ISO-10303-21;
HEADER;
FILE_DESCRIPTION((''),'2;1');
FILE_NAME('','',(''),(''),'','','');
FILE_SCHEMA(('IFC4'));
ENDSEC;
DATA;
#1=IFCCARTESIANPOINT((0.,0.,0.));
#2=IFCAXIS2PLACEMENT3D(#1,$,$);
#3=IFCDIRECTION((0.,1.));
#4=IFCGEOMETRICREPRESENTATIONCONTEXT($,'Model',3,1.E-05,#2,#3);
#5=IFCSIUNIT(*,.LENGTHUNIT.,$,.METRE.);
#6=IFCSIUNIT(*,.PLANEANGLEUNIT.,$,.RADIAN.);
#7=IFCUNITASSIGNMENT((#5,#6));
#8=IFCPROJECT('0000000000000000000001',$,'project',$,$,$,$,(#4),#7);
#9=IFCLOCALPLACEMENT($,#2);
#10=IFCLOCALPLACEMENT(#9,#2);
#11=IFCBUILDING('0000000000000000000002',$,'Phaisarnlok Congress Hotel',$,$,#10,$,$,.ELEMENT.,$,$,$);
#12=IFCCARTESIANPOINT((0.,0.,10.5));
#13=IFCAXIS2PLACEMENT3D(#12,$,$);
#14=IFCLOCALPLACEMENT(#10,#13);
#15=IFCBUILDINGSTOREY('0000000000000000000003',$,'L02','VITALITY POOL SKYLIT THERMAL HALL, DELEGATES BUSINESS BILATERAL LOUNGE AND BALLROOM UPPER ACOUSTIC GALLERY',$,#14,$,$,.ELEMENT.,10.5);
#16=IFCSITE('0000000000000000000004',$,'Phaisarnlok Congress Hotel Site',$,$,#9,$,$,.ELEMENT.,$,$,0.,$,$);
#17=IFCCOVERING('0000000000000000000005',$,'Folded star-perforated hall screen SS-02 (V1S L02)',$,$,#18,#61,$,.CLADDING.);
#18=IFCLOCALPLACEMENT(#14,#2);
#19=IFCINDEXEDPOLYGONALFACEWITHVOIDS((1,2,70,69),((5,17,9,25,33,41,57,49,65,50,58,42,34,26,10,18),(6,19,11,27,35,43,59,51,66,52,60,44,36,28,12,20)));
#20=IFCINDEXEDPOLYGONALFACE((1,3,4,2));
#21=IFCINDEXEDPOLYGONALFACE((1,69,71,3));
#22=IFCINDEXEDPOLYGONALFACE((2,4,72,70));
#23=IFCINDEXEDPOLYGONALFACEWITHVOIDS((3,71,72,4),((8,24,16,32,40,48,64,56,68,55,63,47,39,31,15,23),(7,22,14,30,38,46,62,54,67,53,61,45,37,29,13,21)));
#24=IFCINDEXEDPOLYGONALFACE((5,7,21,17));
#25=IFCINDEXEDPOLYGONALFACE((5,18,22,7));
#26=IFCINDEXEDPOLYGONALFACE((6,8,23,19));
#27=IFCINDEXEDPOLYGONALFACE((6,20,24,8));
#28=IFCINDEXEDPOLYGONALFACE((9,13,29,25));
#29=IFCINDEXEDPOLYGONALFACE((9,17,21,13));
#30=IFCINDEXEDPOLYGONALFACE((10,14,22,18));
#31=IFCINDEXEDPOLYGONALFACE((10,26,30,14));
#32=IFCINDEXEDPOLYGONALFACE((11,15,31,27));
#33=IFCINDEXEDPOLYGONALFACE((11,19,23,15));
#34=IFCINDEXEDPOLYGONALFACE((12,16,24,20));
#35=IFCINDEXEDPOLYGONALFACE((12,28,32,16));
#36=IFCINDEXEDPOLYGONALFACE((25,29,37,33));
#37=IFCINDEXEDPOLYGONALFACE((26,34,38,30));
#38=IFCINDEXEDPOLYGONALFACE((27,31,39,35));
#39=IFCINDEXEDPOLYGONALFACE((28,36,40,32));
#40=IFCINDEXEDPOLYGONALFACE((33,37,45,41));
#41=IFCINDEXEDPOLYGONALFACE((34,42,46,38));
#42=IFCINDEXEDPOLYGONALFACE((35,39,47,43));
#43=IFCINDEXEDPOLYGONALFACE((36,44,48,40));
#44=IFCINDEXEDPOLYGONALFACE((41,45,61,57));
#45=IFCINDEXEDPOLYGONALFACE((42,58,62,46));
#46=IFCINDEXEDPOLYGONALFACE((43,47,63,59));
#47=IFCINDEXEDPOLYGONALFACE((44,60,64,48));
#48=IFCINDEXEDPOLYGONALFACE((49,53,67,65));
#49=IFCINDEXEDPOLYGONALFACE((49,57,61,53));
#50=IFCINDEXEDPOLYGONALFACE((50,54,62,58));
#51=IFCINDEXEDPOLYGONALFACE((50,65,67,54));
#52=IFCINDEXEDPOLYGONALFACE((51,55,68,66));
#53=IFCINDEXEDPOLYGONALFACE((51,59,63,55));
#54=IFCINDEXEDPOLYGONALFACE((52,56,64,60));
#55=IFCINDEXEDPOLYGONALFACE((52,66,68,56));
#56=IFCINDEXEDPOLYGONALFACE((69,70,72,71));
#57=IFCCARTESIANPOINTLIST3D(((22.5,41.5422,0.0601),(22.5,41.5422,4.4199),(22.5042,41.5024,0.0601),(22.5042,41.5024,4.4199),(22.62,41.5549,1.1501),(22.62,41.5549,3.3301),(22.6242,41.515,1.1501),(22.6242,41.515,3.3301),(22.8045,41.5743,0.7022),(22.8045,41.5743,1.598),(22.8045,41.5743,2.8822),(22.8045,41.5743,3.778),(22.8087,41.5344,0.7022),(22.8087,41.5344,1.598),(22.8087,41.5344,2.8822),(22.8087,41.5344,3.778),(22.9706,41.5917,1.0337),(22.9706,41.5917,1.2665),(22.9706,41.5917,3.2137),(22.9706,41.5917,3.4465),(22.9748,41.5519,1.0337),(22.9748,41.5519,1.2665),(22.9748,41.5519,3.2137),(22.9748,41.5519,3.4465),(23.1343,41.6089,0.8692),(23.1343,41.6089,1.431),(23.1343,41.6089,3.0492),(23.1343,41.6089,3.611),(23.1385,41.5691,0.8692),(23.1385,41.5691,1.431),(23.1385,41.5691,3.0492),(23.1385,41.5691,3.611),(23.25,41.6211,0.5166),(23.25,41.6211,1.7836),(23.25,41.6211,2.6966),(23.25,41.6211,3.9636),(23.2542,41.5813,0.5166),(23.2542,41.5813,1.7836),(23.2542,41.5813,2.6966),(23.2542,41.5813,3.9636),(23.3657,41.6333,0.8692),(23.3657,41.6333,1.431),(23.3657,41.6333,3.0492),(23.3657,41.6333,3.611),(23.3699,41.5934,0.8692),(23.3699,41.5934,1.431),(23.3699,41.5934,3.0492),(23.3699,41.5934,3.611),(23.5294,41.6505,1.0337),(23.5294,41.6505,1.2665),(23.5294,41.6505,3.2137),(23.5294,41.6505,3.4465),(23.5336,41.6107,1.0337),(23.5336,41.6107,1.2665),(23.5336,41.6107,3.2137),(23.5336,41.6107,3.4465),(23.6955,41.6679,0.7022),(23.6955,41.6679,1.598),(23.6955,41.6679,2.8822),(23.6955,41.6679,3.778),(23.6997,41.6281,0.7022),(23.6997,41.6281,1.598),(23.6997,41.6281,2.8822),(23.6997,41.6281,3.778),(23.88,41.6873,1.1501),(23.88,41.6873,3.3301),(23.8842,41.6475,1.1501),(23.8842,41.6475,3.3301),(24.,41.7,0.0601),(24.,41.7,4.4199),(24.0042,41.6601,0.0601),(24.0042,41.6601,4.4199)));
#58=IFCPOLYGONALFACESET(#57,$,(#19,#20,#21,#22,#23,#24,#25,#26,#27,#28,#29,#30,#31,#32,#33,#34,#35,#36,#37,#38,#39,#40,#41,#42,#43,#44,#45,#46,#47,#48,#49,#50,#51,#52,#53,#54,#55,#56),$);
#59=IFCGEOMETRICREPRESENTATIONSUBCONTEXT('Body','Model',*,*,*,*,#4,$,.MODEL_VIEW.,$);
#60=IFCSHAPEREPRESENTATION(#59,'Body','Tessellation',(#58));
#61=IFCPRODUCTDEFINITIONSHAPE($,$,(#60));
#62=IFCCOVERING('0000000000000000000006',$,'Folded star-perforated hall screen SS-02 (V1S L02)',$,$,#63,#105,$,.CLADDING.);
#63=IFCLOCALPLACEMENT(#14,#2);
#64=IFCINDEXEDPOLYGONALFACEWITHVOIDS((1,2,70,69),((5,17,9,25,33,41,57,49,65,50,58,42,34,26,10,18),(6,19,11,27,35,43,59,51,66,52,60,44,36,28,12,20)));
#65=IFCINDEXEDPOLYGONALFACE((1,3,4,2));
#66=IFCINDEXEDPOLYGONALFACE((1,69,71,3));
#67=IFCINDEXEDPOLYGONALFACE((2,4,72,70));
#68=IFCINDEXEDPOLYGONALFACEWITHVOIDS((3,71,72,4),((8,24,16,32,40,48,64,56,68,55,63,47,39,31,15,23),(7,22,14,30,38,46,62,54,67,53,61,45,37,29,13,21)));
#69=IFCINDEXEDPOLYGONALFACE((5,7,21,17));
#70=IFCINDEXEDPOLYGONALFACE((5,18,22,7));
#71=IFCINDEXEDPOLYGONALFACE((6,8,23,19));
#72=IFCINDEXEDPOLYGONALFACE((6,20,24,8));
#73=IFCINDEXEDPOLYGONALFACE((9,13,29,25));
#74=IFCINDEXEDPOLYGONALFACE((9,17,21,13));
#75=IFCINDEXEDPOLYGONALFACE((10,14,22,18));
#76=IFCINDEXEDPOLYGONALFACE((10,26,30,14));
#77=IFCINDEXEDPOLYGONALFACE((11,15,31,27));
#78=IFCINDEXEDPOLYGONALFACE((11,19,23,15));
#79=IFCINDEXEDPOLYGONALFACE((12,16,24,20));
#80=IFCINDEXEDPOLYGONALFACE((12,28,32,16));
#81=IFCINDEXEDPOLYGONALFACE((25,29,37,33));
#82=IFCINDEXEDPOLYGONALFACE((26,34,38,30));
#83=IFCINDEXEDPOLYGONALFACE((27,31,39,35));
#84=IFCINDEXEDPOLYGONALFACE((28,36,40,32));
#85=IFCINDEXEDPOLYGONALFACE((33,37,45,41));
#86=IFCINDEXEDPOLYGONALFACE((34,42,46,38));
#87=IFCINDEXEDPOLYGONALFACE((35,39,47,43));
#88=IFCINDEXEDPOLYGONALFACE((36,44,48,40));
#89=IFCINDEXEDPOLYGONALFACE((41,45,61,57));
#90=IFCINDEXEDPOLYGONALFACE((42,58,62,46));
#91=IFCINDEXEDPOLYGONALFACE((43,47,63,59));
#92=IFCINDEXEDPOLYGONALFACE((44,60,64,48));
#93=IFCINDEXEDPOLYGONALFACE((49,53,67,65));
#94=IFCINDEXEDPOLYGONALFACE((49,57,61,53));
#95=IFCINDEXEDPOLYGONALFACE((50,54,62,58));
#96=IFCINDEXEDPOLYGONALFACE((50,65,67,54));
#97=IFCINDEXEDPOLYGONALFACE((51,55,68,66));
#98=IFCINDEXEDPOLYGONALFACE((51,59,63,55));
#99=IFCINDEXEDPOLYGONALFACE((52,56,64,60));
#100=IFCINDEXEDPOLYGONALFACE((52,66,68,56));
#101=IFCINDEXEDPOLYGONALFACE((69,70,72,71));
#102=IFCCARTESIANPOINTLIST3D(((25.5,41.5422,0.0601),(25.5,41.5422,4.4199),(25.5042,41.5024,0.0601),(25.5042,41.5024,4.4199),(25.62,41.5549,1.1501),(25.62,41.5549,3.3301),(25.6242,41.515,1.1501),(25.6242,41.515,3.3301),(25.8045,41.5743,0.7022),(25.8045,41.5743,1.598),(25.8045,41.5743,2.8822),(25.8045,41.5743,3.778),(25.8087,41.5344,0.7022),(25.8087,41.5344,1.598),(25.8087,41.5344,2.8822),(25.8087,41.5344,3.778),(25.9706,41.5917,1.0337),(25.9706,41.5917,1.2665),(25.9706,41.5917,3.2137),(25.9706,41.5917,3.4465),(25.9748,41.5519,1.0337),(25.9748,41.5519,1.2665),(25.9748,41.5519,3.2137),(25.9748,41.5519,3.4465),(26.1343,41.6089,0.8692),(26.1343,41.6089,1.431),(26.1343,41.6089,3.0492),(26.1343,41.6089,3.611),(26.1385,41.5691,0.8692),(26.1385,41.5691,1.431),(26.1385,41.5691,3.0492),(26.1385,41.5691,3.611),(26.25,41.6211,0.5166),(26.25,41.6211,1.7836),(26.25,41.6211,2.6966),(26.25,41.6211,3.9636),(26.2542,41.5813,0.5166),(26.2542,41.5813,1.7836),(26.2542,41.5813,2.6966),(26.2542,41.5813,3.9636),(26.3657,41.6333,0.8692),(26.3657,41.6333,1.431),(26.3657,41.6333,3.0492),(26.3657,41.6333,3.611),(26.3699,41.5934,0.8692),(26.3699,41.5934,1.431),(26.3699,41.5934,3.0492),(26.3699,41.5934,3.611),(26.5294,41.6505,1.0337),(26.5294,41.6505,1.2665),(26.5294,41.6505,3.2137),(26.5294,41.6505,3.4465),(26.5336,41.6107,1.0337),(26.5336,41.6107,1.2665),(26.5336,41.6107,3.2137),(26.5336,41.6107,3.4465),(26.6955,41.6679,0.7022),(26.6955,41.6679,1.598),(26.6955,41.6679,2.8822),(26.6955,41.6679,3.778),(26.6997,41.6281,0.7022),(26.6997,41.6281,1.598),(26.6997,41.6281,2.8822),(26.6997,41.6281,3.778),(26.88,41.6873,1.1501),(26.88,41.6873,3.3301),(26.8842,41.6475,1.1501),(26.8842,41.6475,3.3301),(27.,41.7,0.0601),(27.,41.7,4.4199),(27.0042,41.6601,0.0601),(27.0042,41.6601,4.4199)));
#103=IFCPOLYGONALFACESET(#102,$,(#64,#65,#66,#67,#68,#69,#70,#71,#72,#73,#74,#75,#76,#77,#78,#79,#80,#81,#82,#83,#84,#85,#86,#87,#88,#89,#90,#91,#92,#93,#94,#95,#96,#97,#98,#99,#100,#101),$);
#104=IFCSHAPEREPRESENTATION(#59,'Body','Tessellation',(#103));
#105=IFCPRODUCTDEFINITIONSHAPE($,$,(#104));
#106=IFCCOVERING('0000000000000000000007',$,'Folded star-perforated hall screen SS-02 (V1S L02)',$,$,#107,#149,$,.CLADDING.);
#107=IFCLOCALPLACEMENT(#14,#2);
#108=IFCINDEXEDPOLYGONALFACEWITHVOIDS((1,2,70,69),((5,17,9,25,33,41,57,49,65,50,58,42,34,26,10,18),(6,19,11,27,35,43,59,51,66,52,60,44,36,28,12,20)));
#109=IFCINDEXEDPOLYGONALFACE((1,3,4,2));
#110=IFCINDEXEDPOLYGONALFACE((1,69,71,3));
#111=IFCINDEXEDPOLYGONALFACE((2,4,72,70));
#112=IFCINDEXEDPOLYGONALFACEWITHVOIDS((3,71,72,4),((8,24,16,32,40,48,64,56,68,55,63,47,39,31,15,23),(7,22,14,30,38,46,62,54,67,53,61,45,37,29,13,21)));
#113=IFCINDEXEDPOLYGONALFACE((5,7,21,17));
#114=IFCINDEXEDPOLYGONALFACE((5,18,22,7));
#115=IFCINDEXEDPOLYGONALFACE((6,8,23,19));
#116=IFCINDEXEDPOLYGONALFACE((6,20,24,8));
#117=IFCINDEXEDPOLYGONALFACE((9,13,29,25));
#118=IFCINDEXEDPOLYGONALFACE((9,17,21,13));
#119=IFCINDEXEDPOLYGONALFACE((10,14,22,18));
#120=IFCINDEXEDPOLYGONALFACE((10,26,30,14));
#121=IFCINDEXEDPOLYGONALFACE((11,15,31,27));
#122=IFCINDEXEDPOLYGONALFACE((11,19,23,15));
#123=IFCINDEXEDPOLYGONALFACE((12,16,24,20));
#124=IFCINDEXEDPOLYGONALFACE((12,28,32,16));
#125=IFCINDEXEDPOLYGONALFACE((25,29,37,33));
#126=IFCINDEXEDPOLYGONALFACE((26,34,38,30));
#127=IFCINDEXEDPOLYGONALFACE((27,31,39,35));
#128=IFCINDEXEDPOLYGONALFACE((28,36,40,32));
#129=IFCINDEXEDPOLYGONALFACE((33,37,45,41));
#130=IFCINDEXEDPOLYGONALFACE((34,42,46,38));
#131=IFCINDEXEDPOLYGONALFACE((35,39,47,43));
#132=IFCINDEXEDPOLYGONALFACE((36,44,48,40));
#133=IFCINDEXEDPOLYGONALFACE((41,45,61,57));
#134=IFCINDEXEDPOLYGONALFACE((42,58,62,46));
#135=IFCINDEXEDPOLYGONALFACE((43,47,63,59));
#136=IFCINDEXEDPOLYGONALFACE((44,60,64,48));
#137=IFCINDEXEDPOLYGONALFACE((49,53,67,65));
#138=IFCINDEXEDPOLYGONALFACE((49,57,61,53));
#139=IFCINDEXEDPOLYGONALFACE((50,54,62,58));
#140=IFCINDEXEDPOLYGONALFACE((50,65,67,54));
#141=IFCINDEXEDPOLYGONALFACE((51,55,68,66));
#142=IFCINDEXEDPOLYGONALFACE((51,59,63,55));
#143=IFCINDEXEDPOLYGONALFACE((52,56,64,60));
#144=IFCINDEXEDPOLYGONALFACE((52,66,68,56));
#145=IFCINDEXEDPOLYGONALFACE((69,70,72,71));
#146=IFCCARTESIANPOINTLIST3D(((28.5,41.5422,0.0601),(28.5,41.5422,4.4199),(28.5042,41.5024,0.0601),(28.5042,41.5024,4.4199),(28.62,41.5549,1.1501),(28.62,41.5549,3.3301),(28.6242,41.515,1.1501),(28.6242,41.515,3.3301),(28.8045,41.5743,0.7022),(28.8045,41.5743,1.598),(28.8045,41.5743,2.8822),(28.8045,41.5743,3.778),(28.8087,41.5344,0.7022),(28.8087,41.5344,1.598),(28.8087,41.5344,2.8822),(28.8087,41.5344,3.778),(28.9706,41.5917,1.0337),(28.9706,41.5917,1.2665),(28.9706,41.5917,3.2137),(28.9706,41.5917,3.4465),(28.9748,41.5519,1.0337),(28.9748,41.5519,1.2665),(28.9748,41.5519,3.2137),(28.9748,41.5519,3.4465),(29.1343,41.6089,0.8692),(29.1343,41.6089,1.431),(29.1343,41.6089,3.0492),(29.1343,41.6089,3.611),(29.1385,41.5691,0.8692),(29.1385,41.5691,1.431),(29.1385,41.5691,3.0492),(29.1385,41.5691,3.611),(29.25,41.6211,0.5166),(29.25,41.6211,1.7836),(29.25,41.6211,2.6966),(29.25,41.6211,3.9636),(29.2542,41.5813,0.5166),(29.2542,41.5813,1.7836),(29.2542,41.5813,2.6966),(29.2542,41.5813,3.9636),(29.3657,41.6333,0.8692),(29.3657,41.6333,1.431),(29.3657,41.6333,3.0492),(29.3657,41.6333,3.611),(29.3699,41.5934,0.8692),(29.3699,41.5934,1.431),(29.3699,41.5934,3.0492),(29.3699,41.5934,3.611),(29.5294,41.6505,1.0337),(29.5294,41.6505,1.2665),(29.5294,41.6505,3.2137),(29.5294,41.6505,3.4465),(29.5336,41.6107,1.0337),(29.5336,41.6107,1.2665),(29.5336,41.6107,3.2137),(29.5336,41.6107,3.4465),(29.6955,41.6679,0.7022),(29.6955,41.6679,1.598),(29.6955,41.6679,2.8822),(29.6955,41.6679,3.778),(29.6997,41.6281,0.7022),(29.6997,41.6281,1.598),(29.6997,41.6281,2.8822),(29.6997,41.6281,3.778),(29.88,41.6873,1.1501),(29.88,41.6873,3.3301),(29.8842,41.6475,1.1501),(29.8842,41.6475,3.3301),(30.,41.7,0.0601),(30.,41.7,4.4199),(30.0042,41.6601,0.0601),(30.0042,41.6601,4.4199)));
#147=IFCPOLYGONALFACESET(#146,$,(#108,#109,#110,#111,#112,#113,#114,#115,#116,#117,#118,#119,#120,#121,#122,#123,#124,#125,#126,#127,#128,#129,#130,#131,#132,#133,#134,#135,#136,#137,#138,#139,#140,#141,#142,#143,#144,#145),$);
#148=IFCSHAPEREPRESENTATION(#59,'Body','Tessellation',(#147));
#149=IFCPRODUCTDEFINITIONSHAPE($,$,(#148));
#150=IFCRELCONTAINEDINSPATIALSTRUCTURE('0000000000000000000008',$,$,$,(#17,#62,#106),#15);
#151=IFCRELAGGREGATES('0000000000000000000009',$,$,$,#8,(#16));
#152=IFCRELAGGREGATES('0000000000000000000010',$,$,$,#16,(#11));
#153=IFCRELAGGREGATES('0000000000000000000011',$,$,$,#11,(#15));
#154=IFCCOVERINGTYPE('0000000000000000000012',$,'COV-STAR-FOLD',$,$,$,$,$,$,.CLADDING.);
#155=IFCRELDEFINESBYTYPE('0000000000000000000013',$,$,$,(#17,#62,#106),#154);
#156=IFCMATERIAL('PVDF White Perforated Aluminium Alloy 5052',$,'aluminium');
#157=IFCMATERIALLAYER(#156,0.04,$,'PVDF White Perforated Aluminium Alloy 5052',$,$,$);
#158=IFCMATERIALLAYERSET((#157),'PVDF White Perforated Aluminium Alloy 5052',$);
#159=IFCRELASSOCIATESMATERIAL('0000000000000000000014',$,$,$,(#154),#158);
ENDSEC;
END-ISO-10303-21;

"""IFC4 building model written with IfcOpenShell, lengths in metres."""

from ifc_helpers import new_model, si_unit, direction, frame, origin, place, context, subcontext, project, spatial, polyline, outline, extrude, material, layer, layer_set, type_object, element, save


model = new_model("IFC4")

# Units and contexts
model_context = context("Model", 3, precision=1e-05, world=origin(), true_north=direction((0.0, 1.0)))
body_context = subcontext(model_context, "Body", "Model", "MODEL_VIEW")
ifc_project = project(units=[si_unit("LENGTHUNIT", "METRE"), si_unit("PLANEANGLEUNIT", "RADIAN")], contexts=[model_context])

# Site, building, storey
site_placement = place(None, origin())
site = spatial("IfcSite", under=ifc_project, at=site_placement, Name="Phaisarnlok Congress Hotel Site", CompositionType="ELEMENT", RefElevation=0.0)
building_placement = place(site_placement, origin())
building = spatial("IfcBuilding", under=site, at=building_placement, Name="Phaisarnlok Congress Hotel", CompositionType="ELEMENT")
storey_placement = place(building_placement, frame((0.0, 0.0, 10.5)))
storey = spatial("IfcBuildingStorey", under=building, at=storey_placement, Name="L02", Description="VITALITY POOL SKYLIT THERMAL HALL, DELEGATES BUSINESS BILATERAL LOUNGE AND BALLROOM UPPER ACOUSTIC GALLERY", CompositionType="ELEMENT", Elevation=10.5)

# Coverings
ifc_material_1 = material(Name="PVDF White Perforated Aluminium Alloy 5052", Category="aluminium")
ifc_layer_1 = layer(ifc_material_1, 0.04, Name="PVDF White Perforated Aluminium Alloy 5052")
ifc_layer_set_1 = layer_set([ifc_layer_1], Name="PVDF White Perforated Aluminium Alloy 5052")
covering_type_1 = type_object("IfcCoveringType", Name="COV-STAR-FOLD", PredefinedType="CLADDING", material=ifc_layer_set_1)
for number, where, z_axis, x_axis, name in (
    (1, (22.5, 41.5422, 0.0601), (0.104567, -0.994518, 0.0), (0.994518, 0.104567, 0.0), "Folded star-perforated hall screen SS-02 (V1S L02)"),
    (2, (25.5, 41.5422, 0.0601), (0.104567, -0.994518, 0.0), (0.994518, 0.104567, 0.0), "Folded star-perforated hall screen SS-02 (V1S L02)"),
    (3, (28.5, 41.5422, 0.0601), (0.104567, -0.994518, 0.0), (0.994518, 0.104567, 0.0), "Folded star-perforated hall screen SS-02 (V1S L02)"),
):
    element("IfcCovering", number, at=place(storey_placement, frame(where, z_axis=z_axis, x_axis=x_axis)), inside=storey, type_object=covering_type_1, Name=name, PredefinedType="CLADDING", context=body_context, shape_type="SweptSolid", body=[
        extrude(outline(polyline([(0.0, 0.0), (1.5083, 0.0), (1.5083, 4.3599), (0.0, 4.3599), (0.0, 0.0)]), holes=[polyline([(1.0351, 0.9736), (1.2021, 0.6421), (0.8705, 0.8091), (0.7541, 0.4565), (0.6378, 0.8091), (0.3062, 0.6421), (0.4732, 0.9736), (0.1207, 1.09), (0.4732, 1.2064), (0.3062, 1.5379), (0.6378, 1.3709), (0.7541, 1.7235), (0.8705, 1.3709), (1.2021, 1.5379), (1.0351, 1.2064), (1.3876, 1.09), (1.0351, 0.9736)]), polyline([(1.0351, 3.1536), (1.2021, 2.8221), (0.8705, 2.9891), (0.7541, 2.6365), (0.6378, 2.9891), (0.3062, 2.8221), (0.4732, 3.1536), (0.1207, 3.27), (0.4732, 3.3864), (0.3062, 3.7179), (0.6378, 3.5509), (0.7541, 3.9035), (0.8705, 3.5509), (1.2021, 3.7179), (1.0351, 3.3864), (1.3876, 3.27), (1.0351, 3.1536)])]), origin(), (0.0, 0.0, 1.0), 0.04),
    ])

save(model, "model.ifc")
